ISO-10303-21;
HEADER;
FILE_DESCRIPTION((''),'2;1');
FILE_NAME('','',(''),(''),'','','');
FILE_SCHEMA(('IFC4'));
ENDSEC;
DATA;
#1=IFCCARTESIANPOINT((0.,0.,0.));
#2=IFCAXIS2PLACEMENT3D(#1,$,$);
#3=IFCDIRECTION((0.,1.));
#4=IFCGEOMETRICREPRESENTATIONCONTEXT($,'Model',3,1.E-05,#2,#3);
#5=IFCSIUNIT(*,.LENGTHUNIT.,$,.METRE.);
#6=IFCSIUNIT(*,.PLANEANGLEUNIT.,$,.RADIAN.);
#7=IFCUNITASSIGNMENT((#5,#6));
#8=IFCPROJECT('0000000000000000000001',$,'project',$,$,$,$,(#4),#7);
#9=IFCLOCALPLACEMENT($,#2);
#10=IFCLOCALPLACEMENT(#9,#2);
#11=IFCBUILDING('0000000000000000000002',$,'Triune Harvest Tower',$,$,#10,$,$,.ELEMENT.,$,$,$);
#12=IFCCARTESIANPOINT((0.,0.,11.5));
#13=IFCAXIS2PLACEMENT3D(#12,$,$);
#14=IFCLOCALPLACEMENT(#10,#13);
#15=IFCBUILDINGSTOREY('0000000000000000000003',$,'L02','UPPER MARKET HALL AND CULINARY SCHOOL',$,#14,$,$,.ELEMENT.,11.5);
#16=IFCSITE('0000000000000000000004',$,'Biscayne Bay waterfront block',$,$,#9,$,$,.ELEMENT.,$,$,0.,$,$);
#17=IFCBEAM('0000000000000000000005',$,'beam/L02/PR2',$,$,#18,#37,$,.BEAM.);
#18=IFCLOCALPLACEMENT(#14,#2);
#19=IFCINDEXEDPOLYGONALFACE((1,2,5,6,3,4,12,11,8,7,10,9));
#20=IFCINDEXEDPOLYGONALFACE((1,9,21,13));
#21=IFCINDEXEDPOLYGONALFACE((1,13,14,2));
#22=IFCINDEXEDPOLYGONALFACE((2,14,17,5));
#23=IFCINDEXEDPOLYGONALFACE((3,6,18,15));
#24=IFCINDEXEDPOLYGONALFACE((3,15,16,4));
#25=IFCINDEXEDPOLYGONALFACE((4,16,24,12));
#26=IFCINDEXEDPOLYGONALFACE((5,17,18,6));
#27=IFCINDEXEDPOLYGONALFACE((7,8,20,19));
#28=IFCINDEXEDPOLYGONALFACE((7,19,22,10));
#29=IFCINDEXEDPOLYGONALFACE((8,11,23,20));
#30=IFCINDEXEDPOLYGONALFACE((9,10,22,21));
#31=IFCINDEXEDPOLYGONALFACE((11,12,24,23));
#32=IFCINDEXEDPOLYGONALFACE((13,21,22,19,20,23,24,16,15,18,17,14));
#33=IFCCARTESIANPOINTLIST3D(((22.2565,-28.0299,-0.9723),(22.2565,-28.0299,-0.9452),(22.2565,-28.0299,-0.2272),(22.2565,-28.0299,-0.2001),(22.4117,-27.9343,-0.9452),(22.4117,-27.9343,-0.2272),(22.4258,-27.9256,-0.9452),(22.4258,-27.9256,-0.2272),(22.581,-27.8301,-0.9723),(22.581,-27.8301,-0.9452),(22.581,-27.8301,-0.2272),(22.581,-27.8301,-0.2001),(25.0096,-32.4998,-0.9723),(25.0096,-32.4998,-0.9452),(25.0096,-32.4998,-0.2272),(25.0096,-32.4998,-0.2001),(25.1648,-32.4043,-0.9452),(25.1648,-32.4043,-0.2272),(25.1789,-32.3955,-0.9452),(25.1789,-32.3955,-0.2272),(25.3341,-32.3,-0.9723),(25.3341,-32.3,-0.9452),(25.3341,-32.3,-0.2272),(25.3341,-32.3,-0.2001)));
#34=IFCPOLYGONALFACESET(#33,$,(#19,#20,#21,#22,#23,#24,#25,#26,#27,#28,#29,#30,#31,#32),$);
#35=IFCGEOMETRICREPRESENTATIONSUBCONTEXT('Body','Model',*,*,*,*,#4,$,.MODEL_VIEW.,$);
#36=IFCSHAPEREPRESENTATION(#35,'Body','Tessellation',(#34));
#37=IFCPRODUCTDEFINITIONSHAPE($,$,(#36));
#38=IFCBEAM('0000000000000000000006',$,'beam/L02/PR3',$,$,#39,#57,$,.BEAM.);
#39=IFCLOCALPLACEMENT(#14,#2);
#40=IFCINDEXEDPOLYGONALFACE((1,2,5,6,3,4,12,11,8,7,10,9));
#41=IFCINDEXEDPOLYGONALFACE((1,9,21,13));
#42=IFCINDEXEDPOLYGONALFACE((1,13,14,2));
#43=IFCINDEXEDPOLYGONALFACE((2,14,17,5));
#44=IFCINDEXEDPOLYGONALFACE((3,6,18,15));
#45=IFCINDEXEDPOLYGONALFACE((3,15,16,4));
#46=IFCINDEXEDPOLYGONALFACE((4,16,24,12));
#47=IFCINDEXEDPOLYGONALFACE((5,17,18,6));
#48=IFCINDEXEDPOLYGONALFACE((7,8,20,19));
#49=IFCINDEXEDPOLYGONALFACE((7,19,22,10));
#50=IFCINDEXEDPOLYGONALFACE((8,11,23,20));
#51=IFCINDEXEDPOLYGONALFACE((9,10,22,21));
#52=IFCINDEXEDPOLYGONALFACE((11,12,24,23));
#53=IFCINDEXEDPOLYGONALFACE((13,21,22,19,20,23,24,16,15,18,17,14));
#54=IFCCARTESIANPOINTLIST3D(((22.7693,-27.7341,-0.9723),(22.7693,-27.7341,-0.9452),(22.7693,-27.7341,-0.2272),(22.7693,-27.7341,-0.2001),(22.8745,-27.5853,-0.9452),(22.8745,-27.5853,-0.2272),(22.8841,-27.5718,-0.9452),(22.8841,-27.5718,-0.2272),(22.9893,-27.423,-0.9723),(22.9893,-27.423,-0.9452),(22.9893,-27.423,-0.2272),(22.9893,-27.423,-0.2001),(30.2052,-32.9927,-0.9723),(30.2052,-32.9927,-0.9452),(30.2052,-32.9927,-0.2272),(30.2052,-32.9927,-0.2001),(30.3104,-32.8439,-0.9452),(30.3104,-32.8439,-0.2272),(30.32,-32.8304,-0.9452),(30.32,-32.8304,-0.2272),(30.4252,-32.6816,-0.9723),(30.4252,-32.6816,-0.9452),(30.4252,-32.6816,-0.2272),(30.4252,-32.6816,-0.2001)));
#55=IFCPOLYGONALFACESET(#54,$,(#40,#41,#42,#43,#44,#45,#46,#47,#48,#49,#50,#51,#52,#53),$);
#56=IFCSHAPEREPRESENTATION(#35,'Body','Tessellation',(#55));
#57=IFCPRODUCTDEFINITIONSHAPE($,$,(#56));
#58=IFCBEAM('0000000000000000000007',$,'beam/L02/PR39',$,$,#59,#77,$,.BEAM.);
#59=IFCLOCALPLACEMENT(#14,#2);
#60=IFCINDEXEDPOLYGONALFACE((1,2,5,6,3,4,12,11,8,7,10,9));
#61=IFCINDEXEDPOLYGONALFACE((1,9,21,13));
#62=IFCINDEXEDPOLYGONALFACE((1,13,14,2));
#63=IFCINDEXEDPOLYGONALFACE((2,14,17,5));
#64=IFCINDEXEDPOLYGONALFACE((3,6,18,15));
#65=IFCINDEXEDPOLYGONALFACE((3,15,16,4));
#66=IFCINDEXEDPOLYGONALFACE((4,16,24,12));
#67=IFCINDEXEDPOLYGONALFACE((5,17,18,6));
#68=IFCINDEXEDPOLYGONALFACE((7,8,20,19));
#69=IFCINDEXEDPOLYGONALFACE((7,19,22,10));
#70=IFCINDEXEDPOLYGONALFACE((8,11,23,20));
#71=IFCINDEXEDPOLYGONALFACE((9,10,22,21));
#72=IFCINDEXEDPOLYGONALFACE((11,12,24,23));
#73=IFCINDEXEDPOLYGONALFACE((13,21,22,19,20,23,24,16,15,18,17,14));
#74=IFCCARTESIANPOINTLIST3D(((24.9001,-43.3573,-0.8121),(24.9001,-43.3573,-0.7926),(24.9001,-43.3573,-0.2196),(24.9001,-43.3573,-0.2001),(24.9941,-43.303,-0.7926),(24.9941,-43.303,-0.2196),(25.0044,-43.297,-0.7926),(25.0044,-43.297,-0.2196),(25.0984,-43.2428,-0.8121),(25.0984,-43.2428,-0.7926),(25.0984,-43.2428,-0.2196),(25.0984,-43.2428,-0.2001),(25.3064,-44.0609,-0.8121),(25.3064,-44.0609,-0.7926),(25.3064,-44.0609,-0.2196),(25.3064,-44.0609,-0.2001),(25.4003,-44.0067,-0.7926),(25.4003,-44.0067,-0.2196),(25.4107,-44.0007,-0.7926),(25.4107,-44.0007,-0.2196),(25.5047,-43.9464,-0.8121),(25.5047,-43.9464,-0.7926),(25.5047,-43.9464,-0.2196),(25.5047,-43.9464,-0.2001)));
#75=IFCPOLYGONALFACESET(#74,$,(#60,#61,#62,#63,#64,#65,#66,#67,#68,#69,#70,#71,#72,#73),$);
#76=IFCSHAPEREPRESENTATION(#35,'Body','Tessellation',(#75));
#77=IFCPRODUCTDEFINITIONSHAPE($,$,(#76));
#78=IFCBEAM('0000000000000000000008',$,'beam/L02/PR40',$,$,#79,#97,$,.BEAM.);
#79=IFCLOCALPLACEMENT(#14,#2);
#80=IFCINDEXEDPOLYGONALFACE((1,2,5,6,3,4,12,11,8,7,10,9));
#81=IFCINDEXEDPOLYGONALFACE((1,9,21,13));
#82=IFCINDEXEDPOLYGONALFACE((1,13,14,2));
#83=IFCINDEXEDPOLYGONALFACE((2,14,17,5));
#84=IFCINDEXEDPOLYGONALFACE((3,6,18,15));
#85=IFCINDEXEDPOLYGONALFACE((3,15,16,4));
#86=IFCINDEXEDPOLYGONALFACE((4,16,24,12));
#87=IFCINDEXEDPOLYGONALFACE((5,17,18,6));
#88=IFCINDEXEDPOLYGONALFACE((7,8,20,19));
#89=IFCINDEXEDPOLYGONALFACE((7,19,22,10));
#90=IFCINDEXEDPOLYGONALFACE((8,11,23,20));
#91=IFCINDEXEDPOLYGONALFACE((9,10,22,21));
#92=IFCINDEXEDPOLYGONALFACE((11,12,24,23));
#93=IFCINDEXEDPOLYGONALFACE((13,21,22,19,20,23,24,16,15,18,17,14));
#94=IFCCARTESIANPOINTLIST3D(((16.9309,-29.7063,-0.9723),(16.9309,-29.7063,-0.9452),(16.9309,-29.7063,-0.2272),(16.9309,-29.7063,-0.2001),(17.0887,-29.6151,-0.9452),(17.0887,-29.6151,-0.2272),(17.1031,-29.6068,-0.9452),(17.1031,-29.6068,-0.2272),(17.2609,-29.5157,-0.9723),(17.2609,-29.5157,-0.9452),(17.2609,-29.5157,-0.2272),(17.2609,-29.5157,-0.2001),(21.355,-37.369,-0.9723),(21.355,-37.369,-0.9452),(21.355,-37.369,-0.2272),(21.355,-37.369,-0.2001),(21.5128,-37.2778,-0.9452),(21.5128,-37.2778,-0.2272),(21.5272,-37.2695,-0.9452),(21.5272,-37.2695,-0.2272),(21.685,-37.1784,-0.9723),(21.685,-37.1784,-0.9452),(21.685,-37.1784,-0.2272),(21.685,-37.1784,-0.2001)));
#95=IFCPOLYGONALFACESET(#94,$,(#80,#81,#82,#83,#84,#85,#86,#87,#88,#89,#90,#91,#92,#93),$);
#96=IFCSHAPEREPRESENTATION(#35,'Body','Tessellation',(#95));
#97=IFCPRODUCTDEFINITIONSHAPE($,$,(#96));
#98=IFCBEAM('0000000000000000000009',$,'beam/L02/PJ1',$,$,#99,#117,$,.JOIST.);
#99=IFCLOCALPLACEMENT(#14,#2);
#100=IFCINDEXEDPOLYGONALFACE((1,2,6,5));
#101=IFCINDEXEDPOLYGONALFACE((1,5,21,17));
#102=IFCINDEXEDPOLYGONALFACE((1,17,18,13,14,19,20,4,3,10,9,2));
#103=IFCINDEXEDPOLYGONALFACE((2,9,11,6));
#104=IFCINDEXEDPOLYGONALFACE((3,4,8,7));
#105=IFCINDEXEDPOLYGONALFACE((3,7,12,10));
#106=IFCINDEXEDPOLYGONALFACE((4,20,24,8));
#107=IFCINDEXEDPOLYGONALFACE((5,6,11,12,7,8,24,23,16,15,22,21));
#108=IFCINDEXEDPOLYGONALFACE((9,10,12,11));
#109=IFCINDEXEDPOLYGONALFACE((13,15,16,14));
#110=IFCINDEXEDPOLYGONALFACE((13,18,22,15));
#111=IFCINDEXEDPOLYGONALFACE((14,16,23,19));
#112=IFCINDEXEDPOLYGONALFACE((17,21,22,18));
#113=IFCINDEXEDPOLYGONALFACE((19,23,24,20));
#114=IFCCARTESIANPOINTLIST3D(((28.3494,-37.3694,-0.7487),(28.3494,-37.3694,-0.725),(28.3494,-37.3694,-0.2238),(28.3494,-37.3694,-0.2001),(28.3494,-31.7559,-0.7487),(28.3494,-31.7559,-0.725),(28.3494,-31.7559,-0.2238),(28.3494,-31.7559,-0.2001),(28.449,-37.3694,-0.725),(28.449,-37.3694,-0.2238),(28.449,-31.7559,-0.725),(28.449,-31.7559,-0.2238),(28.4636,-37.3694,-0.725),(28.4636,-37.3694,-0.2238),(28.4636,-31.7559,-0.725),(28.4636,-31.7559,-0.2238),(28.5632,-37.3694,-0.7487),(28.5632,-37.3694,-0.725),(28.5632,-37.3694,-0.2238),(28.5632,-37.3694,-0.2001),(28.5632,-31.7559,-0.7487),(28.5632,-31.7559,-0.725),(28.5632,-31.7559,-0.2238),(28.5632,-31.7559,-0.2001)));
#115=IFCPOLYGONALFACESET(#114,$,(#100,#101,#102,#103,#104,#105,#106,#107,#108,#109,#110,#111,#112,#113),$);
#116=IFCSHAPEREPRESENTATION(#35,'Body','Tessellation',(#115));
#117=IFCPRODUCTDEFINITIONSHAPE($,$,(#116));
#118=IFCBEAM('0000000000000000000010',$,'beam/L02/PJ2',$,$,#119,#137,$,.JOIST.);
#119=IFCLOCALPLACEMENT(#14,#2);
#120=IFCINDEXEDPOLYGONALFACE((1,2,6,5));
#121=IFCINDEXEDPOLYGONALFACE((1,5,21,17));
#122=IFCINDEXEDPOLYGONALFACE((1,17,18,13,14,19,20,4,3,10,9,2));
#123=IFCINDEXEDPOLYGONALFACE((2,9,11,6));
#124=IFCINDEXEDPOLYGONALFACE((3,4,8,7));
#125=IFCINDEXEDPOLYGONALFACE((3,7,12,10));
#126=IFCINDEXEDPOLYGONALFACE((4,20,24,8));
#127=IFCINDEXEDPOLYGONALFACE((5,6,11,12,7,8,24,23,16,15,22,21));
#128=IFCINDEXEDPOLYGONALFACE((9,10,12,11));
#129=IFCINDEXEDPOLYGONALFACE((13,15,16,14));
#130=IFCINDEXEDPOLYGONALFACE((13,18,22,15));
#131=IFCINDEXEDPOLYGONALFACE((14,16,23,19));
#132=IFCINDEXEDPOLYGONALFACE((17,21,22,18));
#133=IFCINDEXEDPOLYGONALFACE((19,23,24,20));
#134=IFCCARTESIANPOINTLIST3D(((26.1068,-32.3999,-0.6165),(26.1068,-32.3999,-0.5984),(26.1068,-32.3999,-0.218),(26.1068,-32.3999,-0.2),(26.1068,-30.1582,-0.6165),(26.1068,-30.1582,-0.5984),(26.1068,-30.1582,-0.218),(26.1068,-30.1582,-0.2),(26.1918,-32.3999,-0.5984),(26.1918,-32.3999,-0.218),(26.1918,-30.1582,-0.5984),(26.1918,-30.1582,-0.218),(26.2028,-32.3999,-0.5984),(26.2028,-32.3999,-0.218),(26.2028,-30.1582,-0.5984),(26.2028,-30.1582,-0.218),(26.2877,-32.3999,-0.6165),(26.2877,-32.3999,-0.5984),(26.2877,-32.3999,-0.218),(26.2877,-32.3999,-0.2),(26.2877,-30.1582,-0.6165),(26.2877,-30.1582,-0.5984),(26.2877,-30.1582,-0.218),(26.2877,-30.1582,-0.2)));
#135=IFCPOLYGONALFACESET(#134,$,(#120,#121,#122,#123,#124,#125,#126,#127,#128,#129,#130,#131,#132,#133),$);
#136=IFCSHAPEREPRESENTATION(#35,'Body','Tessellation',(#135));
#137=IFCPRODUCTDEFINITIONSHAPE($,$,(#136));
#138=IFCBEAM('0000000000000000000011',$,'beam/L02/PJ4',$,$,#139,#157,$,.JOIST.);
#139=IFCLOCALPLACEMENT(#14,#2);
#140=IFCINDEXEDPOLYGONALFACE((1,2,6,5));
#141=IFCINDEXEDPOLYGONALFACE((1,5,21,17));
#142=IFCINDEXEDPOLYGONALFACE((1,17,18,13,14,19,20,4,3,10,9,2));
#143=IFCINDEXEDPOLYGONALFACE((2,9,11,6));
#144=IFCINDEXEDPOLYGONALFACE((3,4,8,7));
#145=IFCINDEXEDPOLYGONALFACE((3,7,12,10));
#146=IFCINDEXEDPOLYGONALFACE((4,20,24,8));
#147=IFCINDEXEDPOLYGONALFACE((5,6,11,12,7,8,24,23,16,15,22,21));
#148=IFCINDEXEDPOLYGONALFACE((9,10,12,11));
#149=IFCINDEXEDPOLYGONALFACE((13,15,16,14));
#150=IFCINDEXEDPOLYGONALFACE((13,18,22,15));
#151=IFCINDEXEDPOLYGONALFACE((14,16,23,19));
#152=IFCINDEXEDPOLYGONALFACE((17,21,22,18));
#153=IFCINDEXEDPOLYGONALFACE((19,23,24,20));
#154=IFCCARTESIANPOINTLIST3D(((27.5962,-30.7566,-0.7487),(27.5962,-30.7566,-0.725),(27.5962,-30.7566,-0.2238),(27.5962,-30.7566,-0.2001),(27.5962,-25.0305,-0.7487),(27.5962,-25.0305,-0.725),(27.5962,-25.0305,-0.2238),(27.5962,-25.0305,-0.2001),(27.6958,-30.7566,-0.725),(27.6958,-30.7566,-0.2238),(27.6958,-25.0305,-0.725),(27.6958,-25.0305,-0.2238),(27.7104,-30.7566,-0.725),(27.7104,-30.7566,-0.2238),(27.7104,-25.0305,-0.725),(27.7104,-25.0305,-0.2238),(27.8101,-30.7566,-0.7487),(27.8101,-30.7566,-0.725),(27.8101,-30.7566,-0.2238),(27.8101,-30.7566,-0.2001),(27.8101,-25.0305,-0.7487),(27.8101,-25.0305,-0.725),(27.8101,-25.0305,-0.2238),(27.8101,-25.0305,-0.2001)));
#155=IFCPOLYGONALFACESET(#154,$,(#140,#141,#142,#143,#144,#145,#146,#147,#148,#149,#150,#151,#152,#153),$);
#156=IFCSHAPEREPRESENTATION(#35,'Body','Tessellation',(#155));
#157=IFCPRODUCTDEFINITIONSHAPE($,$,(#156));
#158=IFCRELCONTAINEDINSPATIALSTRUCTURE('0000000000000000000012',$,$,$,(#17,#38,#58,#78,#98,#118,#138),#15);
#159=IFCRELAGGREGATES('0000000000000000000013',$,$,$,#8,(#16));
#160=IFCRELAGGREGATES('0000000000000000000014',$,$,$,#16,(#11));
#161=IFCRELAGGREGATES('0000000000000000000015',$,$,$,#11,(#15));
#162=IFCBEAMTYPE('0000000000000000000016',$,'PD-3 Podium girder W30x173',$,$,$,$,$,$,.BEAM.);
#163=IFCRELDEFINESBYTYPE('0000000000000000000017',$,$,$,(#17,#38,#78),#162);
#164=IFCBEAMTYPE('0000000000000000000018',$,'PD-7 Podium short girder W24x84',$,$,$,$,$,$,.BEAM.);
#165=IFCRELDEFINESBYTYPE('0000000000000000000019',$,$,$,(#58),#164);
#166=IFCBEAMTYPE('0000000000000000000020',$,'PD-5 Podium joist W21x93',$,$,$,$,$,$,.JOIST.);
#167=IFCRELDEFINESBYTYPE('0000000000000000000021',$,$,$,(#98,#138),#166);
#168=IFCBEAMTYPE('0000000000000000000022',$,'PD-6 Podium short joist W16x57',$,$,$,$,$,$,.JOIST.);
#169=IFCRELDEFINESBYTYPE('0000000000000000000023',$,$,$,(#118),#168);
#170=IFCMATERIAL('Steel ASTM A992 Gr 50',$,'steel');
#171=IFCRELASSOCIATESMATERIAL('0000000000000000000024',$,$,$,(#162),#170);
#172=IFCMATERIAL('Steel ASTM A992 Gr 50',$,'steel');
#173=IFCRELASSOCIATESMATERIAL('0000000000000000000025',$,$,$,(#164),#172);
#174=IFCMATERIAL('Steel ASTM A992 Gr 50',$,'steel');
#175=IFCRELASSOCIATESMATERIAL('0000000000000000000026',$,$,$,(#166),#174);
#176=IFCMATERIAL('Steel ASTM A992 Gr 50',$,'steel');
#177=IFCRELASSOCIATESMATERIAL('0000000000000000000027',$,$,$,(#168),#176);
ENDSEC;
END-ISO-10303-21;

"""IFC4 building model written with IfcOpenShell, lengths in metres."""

from ifc_helpers import new_model, si_unit, direction, frame, origin, origin_2d, place, context, subcontext, project, spatial, i_section, extrude, source, transform, mapped, material, material_profile, profile_set, type_object, element, save


model = new_model("IFC4")

# Units and contexts
model_context = context("Model", 3, precision=1e-05, world=origin(), true_north=direction((0.0, 1.0)))
body_context = subcontext(model_context, "Body", "Model", "MODEL_VIEW")
ifc_project = project(units=[si_unit("LENGTHUNIT", "METRE"), si_unit("PLANEANGLEUNIT", "RADIAN")], contexts=[model_context])

# Site, building, storey
site_placement = place(None, origin())
site = spatial("IfcSite", under=ifc_project, at=site_placement, Name="Biscayne Bay waterfront block", CompositionType="ELEMENT", RefElevation=0.0)
building_placement = place(site_placement, origin())
building = spatial("IfcBuilding", under=site, at=building_placement, Name="Triune Harvest Tower", CompositionType="ELEMENT")
storey_placement = place(building_placement, frame((0.0, 0.0, 11.5)))
storey = spatial("IfcBuildingStorey", under=building, at=storey_placement, Name="L02", Description="UPPER MARKET HALL AND CULINARY SCHOOL", CompositionType="ELEMENT", Elevation=11.5)

# Beams
ifc_material_1 = material(Name="Steel ASTM A992 Gr 50", Category="steel")
ifc_material_profile_1 = material_profile(ifc_material_1, i_section(OverallWidth=0.3811, OverallDepth=0.7722, WebThickness=0.0166, FlangeThickness=0.0271, at=origin_2d()), Name="W30x173")
ifc_profile_set_1 = profile_set([ifc_material_profile_1], Name="Steel ASTM A992 Gr 50")
beam_type_1 = type_object("IfcBeamType", Name="PD-3 Podium girder W30x173", PredefinedType="BEAM", material=ifc_profile_set_1)
shared_shape_1 = source(origin(), body_context, "Body", "SweptSolid", [
    extrude(i_section(OverallWidth=0.3811, OverallDepth=0.7722, WebThickness=0.0166, FlangeThickness=0.0271, at=origin_2d()), origin(), (0.0, 0.0, 1.0), 5.2498),
])
beam_1_placement = place(storey_placement, frame((25.1719, -32.3999, -0.5862), z_axis=(-0.524432, 0.851452, 0.0), x_axis=(-0.851452, -0.524432, 0.0)))
element("IfcBeam", 1, at=beam_1_placement, inside=storey, type_object=beam_type_1, Name="beam/L02/PR2", PredefinedType="BEAM", context=body_context, shape_type="MappedRepresentation", body=[
    mapped(shared_shape_1, transform((0.0, 0.0, 0.0), scale=1.0)),
])
shared_shape_2 = source(origin(), body_context, "Body", "SweptSolid", [
    extrude(i_section(OverallWidth=0.3811, OverallDepth=0.7722, WebThickness=0.0166, FlangeThickness=0.0271, at=origin_2d()), origin(), (0.0, 0.0, 1.0), 9.1074),
])
beam_2_placement = place(storey_placement, frame((30.3152, -32.8372, -0.5862), z_axis=(-0.816463, 0.577398, 0.0), x_axis=(-0.577398, -0.816463, 0.0)))
element("IfcBeam", 2, at=beam_2_placement, inside=storey, type_object=beam_type_1, Name="beam/L02/PR3", PredefinedType="BEAM", context=body_context, shape_type="MappedRepresentation", body=[
    mapped(shared_shape_2, transform((0.0, 0.0, 0.0), scale=1.0)),
])
ifc_material_2 = material(Name="Steel ASTM A992 Gr 50", Category="steel")
ifc_material_profile_2 = material_profile(ifc_material_2, i_section(OverallWidth=0.229, OverallDepth=0.6121, WebThickness=0.012, FlangeThickness=0.0195, at=origin_2d()), Name="W24x84")
ifc_profile_set_2 = profile_set([ifc_material_profile_2], Name="Steel ASTM A992 Gr 50")
beam_type_2 = type_object("IfcBeamType", Name="PD-7 Podium short girder W24x84", PredefinedType="BEAM", material=ifc_profile_set_2)
shared_shape_3 = source(origin(), body_context, "Body", "SweptSolid", [
    extrude(i_section(OverallWidth=0.229, OverallDepth=0.6121, WebThickness=0.012, FlangeThickness=0.0195, at=origin_2d()), origin(), (0.0, 0.0, 1.0), 0.8125),
])
beam_3_placement = place(storey_placement, frame((25.4055, -44.0037, -0.5061), z_axis=(-0.500017, 0.866015, 0.0), x_axis=(-0.866015, -0.500017, 0.0)))
element("IfcBeam", 3, at=beam_3_placement, inside=storey, type_object=beam_type_2, Name="beam/L02/PR39", PredefinedType="BEAM", context=body_context, shape_type="MappedRepresentation", body=[
    mapped(shared_shape_3, transform((0.0, 0.0, 0.0), scale=1.0)),
])
shared_shape_4 = source(origin(), body_context, "Body", "SweptSolid", [
    extrude(i_section(OverallWidth=0.3811, OverallDepth=0.7722, WebThickness=0.0166, FlangeThickness=0.0271, at=origin_2d()), origin(), (0.0, 0.0, 1.0), 8.8481),
])
beam_4_placement = place(storey_placement, frame((21.52, -37.2737, -0.5862), z_axis=(-0.500006, 0.866022, 0.0), x_axis=(-0.866022, -0.500006, 0.0)))
element("IfcBeam", 4, at=beam_4_placement, inside=storey, type_object=beam_type_1, Name="beam/L02/PR40", PredefinedType="BEAM", context=body_context, shape_type="MappedRepresentation", body=[
    mapped(shared_shape_4, transform((0.0, 0.0, 0.0), scale=1.0)),
])
ifc_material_3 = material(Name="Steel ASTM A992 Gr 50", Category="steel")
ifc_material_profile_3 = material_profile(ifc_material_3, i_section(OverallWidth=0.2139, OverallDepth=0.5486, WebThickness=0.0146, FlangeThickness=0.0237, at=origin_2d()), Name="W21x93")
ifc_profile_set_3 = profile_set([ifc_material_profile_3], Name="Steel ASTM A992 Gr 50")
beam_type_3 = type_object("IfcBeamType", Name="PD-5 Podium joist W21x93", PredefinedType="JOIST", material=ifc_profile_set_3)
shared_shape_5 = source(origin(), body_context, "Body", "SweptSolid", [
    extrude(i_section(OverallWidth=0.2139, OverallDepth=0.5486, WebThickness=0.0146, FlangeThickness=0.0237, at=origin_2d()), origin(), (0.0, 0.0, 1.0), 5.6135),
])
beam_5_placement = place(storey_placement, frame((28.4563, -37.3694, -0.4744), z_axis=(0.0, 1.0, 0.0), x_axis=(-1.0, 0.0, 0.0)))
element("IfcBeam", 5, at=beam_5_placement, inside=storey, type_object=beam_type_3, Name="beam/L02/PJ1", PredefinedType="JOIST", context=body_context, shape_type="MappedRepresentation", body=[
    mapped(shared_shape_5, transform((0.0, 0.0, 0.0), scale=1.0)),
])
ifc_material_4 = material(Name="Steel ASTM A992 Gr 50", Category="steel")
ifc_material_profile_4 = material_profile(ifc_material_4, i_section(OverallWidth=0.1809, OverallDepth=0.4165, WebThickness=0.011, FlangeThickness=0.0181, at=origin_2d()), Name="W16x57")
ifc_profile_set_4 = profile_set([ifc_material_profile_4], Name="Steel ASTM A992 Gr 50")
beam_type_4 = type_object("IfcBeamType", Name="PD-6 Podium short joist W16x57", PredefinedType="JOIST", material=ifc_profile_set_4)
shared_shape_6 = source(origin(), body_context, "Body", "SweptSolid", [
    extrude(i_section(OverallWidth=0.1809, OverallDepth=0.4165, WebThickness=0.011, FlangeThickness=0.0181, at=origin_2d()), origin(), (0.0, 0.0, 1.0), 2.2417),
])
beam_6_placement = place(storey_placement, frame((26.1973, -32.3999, -0.4082), z_axis=(0.0, 1.0, 0.0), x_axis=(-1.0, 0.0, 0.0)))
element("IfcBeam", 6, at=beam_6_placement, inside=storey, type_object=beam_type_4, Name="beam/L02/PJ2", PredefinedType="JOIST", context=body_context, shape_type="MappedRepresentation", body=[
    mapped(shared_shape_6, transform((0.0, 0.0, 0.0), scale=1.0)),
])
shared_shape_7 = source(origin(), body_context, "Body", "SweptSolid", [
    extrude(i_section(OverallWidth=0.2139, OverallDepth=0.5486, WebThickness=0.0146, FlangeThickness=0.0237, at=origin_2d()), origin(), (0.0, 0.0, 1.0), 5.7261),
])
beam_7_placement = place(storey_placement, frame((27.7031, -30.7566, -0.4744), z_axis=(0.0, 1.0, 0.0), x_axis=(-1.0, 0.0, 0.0)))
element("IfcBeam", 7, at=beam_7_placement, inside=storey, type_object=beam_type_3, Name="beam/L02/PJ4", PredefinedType="JOIST", context=body_context, shape_type="MappedRepresentation", body=[
    mapped(shared_shape_7, transform((0.0, 0.0, 0.0), scale=1.0)),
])

save(model, "model.ifc")
